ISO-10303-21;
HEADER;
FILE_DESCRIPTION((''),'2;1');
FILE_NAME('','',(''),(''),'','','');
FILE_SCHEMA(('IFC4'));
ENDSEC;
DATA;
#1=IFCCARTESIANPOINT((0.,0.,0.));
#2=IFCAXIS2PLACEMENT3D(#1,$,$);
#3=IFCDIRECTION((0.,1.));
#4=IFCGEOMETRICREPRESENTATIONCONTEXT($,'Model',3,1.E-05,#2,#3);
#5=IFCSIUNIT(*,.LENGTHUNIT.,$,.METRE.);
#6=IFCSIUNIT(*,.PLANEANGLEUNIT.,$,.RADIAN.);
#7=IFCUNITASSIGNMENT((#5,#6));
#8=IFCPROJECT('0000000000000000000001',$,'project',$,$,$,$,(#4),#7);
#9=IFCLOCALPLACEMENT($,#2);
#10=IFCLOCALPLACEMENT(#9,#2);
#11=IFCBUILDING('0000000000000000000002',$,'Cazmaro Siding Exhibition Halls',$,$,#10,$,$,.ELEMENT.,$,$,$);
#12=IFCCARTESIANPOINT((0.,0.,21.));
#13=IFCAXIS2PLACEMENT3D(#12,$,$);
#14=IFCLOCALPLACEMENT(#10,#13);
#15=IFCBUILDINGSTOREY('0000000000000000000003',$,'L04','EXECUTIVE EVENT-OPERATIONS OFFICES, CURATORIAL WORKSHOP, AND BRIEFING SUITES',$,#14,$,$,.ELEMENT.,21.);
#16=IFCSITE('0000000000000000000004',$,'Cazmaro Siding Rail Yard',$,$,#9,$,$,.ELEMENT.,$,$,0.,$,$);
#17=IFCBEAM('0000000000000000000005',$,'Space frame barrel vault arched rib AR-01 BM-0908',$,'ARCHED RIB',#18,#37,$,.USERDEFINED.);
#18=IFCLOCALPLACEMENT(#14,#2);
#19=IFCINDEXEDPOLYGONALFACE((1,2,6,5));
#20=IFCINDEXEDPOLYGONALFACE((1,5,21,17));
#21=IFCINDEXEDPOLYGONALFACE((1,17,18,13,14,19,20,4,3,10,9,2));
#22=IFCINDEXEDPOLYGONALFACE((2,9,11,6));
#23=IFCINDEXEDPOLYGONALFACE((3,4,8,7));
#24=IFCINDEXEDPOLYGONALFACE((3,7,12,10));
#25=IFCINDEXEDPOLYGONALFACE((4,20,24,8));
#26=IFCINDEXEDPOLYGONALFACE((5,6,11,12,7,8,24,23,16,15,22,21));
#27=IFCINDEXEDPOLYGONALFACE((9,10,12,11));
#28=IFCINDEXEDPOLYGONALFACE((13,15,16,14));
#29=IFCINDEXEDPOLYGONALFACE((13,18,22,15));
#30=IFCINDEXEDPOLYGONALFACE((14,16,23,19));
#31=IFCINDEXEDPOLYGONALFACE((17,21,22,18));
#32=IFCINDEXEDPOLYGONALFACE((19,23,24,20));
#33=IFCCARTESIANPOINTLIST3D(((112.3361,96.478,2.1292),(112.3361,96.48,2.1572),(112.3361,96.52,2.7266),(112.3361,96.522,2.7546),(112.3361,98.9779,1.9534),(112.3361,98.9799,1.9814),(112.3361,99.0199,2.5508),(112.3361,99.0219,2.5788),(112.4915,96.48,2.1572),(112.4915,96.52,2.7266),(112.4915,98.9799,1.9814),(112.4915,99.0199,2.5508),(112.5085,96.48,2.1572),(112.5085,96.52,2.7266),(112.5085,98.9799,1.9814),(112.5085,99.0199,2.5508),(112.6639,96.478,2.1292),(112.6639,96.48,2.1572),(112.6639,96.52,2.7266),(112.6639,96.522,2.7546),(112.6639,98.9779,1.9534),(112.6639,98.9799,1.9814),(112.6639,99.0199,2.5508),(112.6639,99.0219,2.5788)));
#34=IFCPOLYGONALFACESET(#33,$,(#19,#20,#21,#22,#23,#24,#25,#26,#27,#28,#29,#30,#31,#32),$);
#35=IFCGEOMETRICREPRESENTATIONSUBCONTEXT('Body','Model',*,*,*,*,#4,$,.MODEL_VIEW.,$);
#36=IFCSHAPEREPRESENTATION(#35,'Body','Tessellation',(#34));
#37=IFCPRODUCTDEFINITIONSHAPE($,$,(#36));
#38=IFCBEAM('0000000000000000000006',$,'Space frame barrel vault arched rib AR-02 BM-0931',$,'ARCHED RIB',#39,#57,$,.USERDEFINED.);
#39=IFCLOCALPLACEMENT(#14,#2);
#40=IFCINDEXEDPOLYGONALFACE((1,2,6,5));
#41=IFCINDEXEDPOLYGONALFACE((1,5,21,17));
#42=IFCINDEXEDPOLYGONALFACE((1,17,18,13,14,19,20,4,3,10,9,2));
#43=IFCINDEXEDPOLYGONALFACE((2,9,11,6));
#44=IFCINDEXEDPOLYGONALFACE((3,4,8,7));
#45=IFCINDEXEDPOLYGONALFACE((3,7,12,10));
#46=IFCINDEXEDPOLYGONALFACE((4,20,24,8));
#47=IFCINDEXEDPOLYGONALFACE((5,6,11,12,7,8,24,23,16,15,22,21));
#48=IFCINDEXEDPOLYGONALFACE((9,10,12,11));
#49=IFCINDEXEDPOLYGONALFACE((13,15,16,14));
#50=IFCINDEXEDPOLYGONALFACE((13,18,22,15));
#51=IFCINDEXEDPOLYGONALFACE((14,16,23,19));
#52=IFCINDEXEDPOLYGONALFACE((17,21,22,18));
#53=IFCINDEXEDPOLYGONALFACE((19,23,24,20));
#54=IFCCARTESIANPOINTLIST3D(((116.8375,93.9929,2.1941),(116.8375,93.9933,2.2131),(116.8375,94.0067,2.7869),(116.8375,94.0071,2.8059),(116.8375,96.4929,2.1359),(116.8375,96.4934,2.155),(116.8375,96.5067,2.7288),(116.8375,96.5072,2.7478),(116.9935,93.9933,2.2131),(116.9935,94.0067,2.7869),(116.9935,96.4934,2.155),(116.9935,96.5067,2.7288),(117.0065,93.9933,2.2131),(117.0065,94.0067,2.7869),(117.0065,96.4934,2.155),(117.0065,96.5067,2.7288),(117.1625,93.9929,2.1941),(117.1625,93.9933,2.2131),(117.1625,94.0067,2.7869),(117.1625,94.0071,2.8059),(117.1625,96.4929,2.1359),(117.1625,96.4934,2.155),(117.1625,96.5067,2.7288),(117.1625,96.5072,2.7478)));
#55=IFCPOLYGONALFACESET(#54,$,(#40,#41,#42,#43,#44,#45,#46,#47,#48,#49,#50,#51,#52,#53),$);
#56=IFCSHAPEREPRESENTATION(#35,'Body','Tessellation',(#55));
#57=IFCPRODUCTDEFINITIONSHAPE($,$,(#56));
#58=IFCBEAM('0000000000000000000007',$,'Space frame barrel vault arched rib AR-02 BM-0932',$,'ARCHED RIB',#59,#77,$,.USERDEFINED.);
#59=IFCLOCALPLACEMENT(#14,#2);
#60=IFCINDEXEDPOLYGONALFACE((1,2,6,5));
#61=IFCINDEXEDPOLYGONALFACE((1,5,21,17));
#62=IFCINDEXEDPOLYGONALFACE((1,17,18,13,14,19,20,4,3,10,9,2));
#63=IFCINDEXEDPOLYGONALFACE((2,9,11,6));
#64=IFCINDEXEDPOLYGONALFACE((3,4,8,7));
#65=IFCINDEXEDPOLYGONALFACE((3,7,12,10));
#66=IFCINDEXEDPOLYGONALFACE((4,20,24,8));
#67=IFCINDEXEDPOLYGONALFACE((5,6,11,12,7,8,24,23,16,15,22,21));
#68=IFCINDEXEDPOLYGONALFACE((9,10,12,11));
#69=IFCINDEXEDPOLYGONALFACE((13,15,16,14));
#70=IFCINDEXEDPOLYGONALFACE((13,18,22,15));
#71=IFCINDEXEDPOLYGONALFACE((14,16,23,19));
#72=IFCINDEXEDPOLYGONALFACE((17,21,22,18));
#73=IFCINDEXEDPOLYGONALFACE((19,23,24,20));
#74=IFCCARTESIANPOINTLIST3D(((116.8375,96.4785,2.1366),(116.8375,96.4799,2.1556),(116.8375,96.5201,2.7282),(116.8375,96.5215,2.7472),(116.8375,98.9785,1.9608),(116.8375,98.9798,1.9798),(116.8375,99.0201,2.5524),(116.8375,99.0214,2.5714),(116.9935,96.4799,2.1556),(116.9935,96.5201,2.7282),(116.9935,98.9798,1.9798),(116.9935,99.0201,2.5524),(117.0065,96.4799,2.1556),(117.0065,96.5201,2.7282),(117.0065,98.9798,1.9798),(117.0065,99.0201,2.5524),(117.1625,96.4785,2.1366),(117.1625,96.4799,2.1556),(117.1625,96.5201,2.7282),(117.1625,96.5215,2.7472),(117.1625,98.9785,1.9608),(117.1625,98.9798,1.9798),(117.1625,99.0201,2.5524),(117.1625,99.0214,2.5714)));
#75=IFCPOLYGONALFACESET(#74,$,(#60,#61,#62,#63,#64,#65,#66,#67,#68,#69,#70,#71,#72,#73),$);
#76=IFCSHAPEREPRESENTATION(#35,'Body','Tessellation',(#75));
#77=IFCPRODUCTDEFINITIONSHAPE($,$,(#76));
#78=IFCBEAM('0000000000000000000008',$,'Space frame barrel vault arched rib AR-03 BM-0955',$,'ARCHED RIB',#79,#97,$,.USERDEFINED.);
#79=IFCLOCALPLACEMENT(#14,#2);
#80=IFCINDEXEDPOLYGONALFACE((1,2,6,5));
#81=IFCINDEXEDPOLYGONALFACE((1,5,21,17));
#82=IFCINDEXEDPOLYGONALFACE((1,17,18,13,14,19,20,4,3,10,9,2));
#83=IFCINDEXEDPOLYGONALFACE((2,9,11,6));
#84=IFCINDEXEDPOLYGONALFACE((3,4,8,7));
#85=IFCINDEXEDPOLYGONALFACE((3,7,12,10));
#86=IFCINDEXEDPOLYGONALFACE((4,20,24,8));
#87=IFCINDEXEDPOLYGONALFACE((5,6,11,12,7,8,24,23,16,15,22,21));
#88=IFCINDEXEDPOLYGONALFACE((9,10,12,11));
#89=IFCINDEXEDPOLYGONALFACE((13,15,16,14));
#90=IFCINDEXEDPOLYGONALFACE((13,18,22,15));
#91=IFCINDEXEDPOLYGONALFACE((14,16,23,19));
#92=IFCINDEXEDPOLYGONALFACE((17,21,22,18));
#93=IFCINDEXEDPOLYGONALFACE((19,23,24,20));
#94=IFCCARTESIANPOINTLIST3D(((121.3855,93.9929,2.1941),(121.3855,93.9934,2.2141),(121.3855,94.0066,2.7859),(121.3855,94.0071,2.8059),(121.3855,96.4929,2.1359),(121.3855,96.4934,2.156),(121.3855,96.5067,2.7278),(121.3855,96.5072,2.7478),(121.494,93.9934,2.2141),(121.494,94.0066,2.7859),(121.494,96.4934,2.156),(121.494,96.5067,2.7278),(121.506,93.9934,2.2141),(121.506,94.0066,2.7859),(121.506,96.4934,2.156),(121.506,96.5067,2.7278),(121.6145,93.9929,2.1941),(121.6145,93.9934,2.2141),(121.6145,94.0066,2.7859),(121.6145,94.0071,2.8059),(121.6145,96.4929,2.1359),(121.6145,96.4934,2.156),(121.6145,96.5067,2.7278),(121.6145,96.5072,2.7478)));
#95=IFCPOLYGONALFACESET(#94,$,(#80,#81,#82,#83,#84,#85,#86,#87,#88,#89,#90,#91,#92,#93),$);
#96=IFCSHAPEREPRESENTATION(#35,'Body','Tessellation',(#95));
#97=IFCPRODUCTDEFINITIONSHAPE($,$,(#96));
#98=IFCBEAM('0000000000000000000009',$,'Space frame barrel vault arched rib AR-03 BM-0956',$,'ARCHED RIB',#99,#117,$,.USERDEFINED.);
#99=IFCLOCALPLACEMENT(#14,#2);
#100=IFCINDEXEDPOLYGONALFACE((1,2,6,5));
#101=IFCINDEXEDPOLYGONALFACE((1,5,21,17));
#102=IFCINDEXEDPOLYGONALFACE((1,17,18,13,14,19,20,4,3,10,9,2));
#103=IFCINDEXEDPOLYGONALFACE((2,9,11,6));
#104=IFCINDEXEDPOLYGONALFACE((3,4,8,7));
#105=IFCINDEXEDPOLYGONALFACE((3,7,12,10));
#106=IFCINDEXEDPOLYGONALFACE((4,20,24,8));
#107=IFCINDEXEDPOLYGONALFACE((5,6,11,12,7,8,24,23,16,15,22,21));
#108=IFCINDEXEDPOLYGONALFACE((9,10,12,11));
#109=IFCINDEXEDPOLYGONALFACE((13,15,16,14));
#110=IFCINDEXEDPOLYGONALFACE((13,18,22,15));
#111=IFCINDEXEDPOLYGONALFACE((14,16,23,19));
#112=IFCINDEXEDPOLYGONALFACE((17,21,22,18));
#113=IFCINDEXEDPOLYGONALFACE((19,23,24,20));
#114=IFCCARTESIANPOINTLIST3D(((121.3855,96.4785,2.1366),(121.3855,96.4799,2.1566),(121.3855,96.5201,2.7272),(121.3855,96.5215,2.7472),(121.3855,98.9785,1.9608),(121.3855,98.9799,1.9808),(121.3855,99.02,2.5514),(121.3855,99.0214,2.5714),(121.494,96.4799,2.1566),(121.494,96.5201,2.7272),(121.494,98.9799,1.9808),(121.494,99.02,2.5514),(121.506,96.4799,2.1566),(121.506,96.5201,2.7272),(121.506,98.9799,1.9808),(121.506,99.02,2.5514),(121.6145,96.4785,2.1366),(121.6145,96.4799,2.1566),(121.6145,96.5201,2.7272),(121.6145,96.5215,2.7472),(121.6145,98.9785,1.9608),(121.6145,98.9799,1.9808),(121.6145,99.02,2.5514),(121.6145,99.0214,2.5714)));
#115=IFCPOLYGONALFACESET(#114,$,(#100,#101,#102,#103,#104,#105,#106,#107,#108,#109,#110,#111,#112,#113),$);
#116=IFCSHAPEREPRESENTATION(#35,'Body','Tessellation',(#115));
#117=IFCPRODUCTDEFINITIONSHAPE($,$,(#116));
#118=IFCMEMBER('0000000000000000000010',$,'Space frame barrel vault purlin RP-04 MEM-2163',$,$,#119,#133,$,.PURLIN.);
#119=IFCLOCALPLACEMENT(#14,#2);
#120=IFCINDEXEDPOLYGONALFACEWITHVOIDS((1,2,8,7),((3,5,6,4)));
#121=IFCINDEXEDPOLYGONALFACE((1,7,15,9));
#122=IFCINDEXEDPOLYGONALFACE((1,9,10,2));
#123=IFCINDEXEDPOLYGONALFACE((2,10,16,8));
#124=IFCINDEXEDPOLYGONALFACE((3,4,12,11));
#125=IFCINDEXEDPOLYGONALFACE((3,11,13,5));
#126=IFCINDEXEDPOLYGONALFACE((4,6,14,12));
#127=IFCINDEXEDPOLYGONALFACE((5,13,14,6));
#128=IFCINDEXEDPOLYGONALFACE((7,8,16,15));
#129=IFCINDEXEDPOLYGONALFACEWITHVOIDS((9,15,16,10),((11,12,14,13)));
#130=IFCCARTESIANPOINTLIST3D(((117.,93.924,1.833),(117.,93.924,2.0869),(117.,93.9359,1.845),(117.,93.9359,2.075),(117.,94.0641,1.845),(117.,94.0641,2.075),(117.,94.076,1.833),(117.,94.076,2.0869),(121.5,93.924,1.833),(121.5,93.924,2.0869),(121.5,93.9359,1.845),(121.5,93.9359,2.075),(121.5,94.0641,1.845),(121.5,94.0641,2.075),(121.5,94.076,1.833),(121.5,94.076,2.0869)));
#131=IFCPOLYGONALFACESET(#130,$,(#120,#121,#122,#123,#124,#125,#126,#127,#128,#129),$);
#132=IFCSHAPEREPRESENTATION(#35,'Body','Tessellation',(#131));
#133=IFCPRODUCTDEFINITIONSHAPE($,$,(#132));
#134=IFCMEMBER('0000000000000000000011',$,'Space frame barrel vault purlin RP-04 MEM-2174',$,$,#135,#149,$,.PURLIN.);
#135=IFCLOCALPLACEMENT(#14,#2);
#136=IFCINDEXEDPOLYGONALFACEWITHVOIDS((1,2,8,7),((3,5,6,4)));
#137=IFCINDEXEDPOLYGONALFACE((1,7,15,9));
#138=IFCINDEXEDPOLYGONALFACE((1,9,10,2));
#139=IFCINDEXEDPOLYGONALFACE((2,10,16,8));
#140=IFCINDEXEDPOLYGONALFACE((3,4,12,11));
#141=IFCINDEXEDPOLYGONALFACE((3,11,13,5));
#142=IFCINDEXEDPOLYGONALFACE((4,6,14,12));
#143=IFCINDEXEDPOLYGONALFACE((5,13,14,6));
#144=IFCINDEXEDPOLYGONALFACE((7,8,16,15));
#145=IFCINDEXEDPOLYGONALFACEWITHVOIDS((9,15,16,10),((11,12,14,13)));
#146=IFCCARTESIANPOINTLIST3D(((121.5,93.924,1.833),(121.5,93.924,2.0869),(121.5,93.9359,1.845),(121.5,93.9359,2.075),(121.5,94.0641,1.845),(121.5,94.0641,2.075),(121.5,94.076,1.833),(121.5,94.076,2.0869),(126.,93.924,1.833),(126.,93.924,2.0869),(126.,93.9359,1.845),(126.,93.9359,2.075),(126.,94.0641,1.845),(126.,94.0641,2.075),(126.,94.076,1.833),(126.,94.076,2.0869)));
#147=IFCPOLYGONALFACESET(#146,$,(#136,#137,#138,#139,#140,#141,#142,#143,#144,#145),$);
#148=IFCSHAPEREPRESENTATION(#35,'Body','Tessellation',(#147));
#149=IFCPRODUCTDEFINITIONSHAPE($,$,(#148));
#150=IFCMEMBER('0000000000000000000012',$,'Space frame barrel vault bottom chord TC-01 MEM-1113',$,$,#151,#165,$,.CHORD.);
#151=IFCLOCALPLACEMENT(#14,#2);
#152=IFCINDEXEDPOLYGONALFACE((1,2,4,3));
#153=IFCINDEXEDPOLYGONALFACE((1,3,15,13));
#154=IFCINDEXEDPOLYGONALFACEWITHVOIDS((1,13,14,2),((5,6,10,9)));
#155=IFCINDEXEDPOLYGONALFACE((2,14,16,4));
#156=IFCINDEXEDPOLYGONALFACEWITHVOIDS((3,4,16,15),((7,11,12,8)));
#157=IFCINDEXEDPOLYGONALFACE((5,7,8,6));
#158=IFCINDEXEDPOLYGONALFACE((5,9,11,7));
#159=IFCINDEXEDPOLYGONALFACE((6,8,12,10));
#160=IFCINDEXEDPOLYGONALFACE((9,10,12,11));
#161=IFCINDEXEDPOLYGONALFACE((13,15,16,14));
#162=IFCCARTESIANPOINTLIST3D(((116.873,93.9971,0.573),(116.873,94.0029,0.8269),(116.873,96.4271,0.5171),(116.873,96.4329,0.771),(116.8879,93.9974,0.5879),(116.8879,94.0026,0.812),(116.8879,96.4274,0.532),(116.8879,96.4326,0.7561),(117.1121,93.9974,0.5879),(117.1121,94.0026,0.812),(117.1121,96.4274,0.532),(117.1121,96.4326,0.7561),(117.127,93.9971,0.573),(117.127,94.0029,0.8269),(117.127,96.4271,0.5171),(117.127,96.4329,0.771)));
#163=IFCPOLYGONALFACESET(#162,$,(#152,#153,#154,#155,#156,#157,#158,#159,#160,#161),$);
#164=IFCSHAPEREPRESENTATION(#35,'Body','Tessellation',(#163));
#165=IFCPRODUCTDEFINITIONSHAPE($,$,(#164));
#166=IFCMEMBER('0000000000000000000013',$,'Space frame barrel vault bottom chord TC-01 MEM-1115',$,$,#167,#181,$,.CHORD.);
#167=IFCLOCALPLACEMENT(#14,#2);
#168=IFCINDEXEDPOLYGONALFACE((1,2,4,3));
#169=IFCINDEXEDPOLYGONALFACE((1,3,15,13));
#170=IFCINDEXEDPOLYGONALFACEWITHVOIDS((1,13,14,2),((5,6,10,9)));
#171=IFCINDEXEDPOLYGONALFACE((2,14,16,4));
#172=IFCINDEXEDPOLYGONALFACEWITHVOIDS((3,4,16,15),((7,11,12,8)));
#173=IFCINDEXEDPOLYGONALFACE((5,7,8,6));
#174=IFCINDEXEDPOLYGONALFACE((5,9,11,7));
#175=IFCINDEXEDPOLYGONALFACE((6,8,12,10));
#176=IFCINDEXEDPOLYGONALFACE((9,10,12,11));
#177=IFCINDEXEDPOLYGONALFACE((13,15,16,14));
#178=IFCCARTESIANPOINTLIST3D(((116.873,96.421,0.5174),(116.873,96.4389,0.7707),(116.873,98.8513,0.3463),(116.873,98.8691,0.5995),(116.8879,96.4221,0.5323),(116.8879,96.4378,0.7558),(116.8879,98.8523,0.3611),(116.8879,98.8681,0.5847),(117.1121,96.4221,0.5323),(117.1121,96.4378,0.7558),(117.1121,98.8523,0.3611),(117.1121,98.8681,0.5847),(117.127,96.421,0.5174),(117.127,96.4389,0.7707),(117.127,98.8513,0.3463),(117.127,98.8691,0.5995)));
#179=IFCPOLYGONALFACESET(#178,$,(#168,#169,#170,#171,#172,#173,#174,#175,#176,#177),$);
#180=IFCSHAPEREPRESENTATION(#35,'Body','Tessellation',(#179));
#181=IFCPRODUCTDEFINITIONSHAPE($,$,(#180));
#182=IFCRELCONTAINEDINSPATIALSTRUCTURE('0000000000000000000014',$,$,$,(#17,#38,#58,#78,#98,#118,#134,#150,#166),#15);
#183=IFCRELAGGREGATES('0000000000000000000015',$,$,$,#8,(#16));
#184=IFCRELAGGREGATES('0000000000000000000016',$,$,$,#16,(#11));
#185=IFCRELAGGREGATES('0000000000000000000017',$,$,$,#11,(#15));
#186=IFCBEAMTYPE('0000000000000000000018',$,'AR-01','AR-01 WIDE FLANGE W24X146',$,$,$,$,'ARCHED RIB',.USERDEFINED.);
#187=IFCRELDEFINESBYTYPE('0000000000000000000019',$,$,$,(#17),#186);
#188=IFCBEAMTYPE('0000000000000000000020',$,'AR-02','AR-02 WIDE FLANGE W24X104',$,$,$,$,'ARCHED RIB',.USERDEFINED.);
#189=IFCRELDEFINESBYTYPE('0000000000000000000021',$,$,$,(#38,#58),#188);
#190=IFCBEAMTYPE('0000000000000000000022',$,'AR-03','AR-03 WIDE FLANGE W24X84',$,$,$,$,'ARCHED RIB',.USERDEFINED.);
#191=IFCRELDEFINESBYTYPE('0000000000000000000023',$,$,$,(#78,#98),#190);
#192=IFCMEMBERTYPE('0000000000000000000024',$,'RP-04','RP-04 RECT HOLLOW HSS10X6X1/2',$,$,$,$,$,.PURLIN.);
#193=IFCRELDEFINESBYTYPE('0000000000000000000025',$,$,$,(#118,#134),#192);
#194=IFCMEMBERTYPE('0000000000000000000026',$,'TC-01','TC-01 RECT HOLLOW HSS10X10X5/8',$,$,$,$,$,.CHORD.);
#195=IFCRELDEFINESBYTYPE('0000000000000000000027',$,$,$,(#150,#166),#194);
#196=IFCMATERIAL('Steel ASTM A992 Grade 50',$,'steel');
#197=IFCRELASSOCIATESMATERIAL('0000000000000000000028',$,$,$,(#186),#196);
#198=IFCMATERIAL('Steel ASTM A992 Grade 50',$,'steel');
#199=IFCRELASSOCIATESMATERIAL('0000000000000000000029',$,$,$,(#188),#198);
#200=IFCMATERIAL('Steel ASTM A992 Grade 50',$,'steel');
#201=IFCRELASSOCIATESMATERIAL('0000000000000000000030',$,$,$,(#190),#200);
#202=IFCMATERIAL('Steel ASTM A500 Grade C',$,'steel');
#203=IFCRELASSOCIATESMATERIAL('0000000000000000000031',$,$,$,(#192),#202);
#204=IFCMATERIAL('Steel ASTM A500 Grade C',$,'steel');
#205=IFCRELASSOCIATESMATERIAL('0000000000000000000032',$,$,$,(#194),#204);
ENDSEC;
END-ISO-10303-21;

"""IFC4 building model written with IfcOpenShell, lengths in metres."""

from ifc_helpers import new_model, si_unit, direction, frame, origin, origin_2d, place, context, subcontext, project, spatial, hollow_rectangle, i_section, extrude, material, material_profile, profile_set, type_object, element, save


model = new_model("IFC4")

# Units and contexts
model_context = context("Model", 3, precision=1e-05, world=origin(), true_north=direction((0.0, 1.0)))
body_context = subcontext(model_context, "Body", "Model", "MODEL_VIEW")
ifc_project = project(units=[si_unit("LENGTHUNIT", "METRE"), si_unit("PLANEANGLEUNIT", "RADIAN")], contexts=[model_context])

# Site, building, storey
site_placement = place(None, origin())
site = spatial("IfcSite", under=ifc_project, at=site_placement, Name="Cazmaro Siding Rail Yard", CompositionType="ELEMENT", RefElevation=0.0)
building_placement = place(site_placement, origin())
building = spatial("IfcBuilding", under=site, at=building_placement, Name="Cazmaro Siding Exhibition Halls", CompositionType="ELEMENT")
storey_placement = place(building_placement, frame((0.0, 0.0, 21.0)))
storey = spatial("IfcBuildingStorey", under=building, at=storey_placement, Name="L04", Description="EXECUTIVE EVENT-OPERATIONS OFFICES, CURATORIAL WORKSHOP, AND BRIEFING SUITES", CompositionType="ELEMENT", Elevation=21.0)

# Beams
ifc_material_1 = material(Name="Steel ASTM A992 Grade 50", Category="steel")
ifc_material_profile_1 = material_profile(ifc_material_1, i_section(OverallWidth=0.3279, OverallDepth=0.627, WebThickness=0.0171, FlangeThickness=0.0281, at=origin_2d()), Name="W24X146")
ifc_profile_set_1 = profile_set([ifc_material_profile_1], Name="Steel ASTM A992 Grade 50")
beam_type_1 = type_object("IfcBeamType", Name="AR-01", Description="AR-01 WIDE FLANGE W24X146", ElementType="ARCHED RIB", PredefinedType="USERDEFINED", material=ifc_profile_set_1)
beam_1_placement = place(storey_placement, frame((112.5, 96.5, 2.4419), z_axis=(0.0, 0.997537, -0.070139), x_axis=(-1.0, 0.0, 0.0)))
element("IfcBeam", 1, at=beam_1_placement, inside=storey, type_object=beam_type_1, Name="Space frame barrel vault arched rib AR-01 BM-0908", ObjectType="ARCHED RIB", PredefinedType="USERDEFINED", context=body_context, shape_type="SweptSolid", body=[
    extrude(i_section(OverallWidth=0.3279, OverallDepth=0.627, WebThickness=0.0171, FlangeThickness=0.0281, at=origin_2d()), origin(), (0.0, 0.0, 1.0), 2.5061),
])
ifc_material_2 = material(Name="Steel ASTM A992 Grade 50", Category="steel")
ifc_material_profile_2 = material_profile(ifc_material_2, i_section(OverallWidth=0.325, OverallDepth=0.6121, WebThickness=0.0129, FlangeThickness=0.019, at=origin_2d()), Name="W24X104")
ifc_profile_set_2 = profile_set([ifc_material_profile_2], Name="Steel ASTM A992 Grade 50")
beam_type_2 = type_object("IfcBeamType", Name="AR-02", Description="AR-02 WIDE FLANGE W24X104", ElementType="ARCHED RIB", PredefinedType="USERDEFINED", material=ifc_profile_set_2)
beam_2_placement = place(storey_placement, frame((117.0, 94.0, 2.5), z_axis=(0.0, 0.99973, -0.023236), x_axis=(-1.0, 0.0, 0.0)))
element("IfcBeam", 2, at=beam_2_placement, inside=storey, type_object=beam_type_2, Name="Space frame barrel vault arched rib AR-02 BM-0931", ObjectType="ARCHED RIB", PredefinedType="USERDEFINED", context=body_context, shape_type="SweptSolid", body=[
    extrude(i_section(OverallWidth=0.325, OverallDepth=0.6121, WebThickness=0.0129, FlangeThickness=0.019, at=origin_2d()), origin(), (0.0, 0.0, 1.0), 2.5007),
])
beam_3_placement = place(storey_placement, frame((117.0, 96.5, 2.4419), z_axis=(0.0, 0.997537, -0.070139), x_axis=(-1.0, 0.0, 0.0)))
element("IfcBeam", 3, at=beam_3_placement, inside=storey, type_object=beam_type_2, Name="Space frame barrel vault arched rib AR-02 BM-0932", ObjectType="ARCHED RIB", PredefinedType="USERDEFINED", context=body_context, shape_type="SweptSolid", body=[
    extrude(i_section(OverallWidth=0.325, OverallDepth=0.6121, WebThickness=0.0129, FlangeThickness=0.019, at=origin_2d()), origin(), (0.0, 0.0, 1.0), 2.5061),
])
ifc_material_3 = material(Name="Steel ASTM A992 Grade 50", Category="steel")
ifc_material_profile_3 = material_profile(ifc_material_3, i_section(OverallWidth=0.229, OverallDepth=0.6121, WebThickness=0.012, FlangeThickness=0.02, at=origin_2d()), Name="W24X84")
ifc_profile_set_3 = profile_set([ifc_material_profile_3], Name="Steel ASTM A992 Grade 50")
beam_type_3 = type_object("IfcBeamType", Name="AR-03", Description="AR-03 WIDE FLANGE W24X84", ElementType="ARCHED RIB", PredefinedType="USERDEFINED", material=ifc_profile_set_3)
beam_4_placement = place(storey_placement, frame((121.5, 94.0, 2.5), z_axis=(0.0, 0.99973, -0.023236), x_axis=(-1.0, 0.0, 0.0)))
element("IfcBeam", 4, at=beam_4_placement, inside=storey, type_object=beam_type_3, Name="Space frame barrel vault arched rib AR-03 BM-0955", ObjectType="ARCHED RIB", PredefinedType="USERDEFINED", context=body_context, shape_type="SweptSolid", body=[
    extrude(i_section(OverallWidth=0.229, OverallDepth=0.6121, WebThickness=0.012, FlangeThickness=0.02, at=origin_2d()), origin(), (0.0, 0.0, 1.0), 2.5007),
])
beam_5_placement = place(storey_placement, frame((121.5, 96.5, 2.4419), z_axis=(0.0, 0.997537, -0.070139), x_axis=(-1.0, 0.0, 0.0)))
element("IfcBeam", 5, at=beam_5_placement, inside=storey, type_object=beam_type_3, Name="Space frame barrel vault arched rib AR-03 BM-0956", ObjectType="ARCHED RIB", PredefinedType="USERDEFINED", context=body_context, shape_type="SweptSolid", body=[
    extrude(i_section(OverallWidth=0.229, OverallDepth=0.6121, WebThickness=0.012, FlangeThickness=0.02, at=origin_2d()), origin(), (0.0, 0.0, 1.0), 2.5061),
])

# Members
ifc_material_4 = material(Name="Steel ASTM A500 Grade C", Category="steel")
ifc_material_profile_4 = material_profile(ifc_material_4, hollow_rectangle(XDim=0.1521, YDim=0.2539, WallThickness=0.012, at=origin_2d()), Name="HSS10X6X1/2")
ifc_profile_set_4 = profile_set([ifc_material_profile_4], Name="Steel ASTM A500 Grade C")
member_type_1 = type_object("IfcMemberType", Name="RP-04", Description="RP-04 RECT HOLLOW HSS10X6X1/2", PredefinedType="PURLIN", material=ifc_profile_set_4)
for number, where, z_axis, x_axis, name in (
    (6, (117.0, 94.0, 1.96), (1.0, 0.0, 0.0), (0.0, 1.0, 0.0), "Space frame barrel vault purlin RP-04 MEM-2163"),
    (7, (121.5, 94.0, 1.96), (1.0, 0.0, 0.0), (0.0, 1.0, 0.0), "Space frame barrel vault purlin RP-04 MEM-2174"),
):
    element("IfcMember", number, at=place(storey_placement, frame(where, z_axis=z_axis, x_axis=x_axis)), inside=storey, type_object=member_type_1, Name=name, PredefinedType="PURLIN", context=body_context, shape_type="SweptSolid", body=[
        extrude(hollow_rectangle(XDim=0.1521, YDim=0.2539, WallThickness=0.012, at=origin_2d()), origin(), (0.0, 0.0, 1.0), 4.5),
    ])
ifc_material_5 = material(Name="Steel ASTM A500 Grade C", Category="steel")
ifc_material_profile_5 = material_profile(ifc_material_5, hollow_rectangle(XDim=0.2539, YDim=0.2539, WallThickness=0.0149, at=origin_2d()), Name="HSS10X10X5/8")
ifc_profile_set_5 = profile_set([ifc_material_profile_5], Name="Steel ASTM A500 Grade C")
member_type_2 = type_object("IfcMemberType", Name="TC-01", Description="TC-01 RECT HOLLOW HSS10X10X5/8", PredefinedType="CHORD", material=ifc_profile_set_5)
member_1_placement = place(storey_placement, frame((117.0, 94.0, 0.7), z_axis=(0.0, 0.999735, -0.023002), x_axis=(-1.0, 0.0, 0.0)))
element("IfcMember", 8, at=member_1_placement, inside=storey, type_object=member_type_2, Name="Space frame barrel vault bottom chord TC-01 MEM-1113", PredefinedType="CHORD", context=body_context, shape_type="SweptSolid", body=[
    extrude(hollow_rectangle(XDim=0.2539, YDim=0.2539, WallThickness=0.0149, at=origin_2d()), origin(), (0.0, 0.0, 1.0), 2.4307),
])
member_2_placement = place(storey_placement, frame((117.0, 96.4299, 0.644), z_axis=(0.0, 0.997529, -0.07025), x_axis=(-1.0, 0.0, 0.0)))
element("IfcMember", 9, at=member_2_placement, inside=storey, type_object=member_type_2, Name="Space frame barrel vault bottom chord TC-01 MEM-1115", PredefinedType="CHORD", context=body_context, shape_type="SweptSolid", body=[
    extrude(hollow_rectangle(XDim=0.2539, YDim=0.2539, WallThickness=0.0149, at=origin_2d()), origin(), (0.0, 0.0, 1.0), 2.4363),
])

save(model, "model.ifc")
